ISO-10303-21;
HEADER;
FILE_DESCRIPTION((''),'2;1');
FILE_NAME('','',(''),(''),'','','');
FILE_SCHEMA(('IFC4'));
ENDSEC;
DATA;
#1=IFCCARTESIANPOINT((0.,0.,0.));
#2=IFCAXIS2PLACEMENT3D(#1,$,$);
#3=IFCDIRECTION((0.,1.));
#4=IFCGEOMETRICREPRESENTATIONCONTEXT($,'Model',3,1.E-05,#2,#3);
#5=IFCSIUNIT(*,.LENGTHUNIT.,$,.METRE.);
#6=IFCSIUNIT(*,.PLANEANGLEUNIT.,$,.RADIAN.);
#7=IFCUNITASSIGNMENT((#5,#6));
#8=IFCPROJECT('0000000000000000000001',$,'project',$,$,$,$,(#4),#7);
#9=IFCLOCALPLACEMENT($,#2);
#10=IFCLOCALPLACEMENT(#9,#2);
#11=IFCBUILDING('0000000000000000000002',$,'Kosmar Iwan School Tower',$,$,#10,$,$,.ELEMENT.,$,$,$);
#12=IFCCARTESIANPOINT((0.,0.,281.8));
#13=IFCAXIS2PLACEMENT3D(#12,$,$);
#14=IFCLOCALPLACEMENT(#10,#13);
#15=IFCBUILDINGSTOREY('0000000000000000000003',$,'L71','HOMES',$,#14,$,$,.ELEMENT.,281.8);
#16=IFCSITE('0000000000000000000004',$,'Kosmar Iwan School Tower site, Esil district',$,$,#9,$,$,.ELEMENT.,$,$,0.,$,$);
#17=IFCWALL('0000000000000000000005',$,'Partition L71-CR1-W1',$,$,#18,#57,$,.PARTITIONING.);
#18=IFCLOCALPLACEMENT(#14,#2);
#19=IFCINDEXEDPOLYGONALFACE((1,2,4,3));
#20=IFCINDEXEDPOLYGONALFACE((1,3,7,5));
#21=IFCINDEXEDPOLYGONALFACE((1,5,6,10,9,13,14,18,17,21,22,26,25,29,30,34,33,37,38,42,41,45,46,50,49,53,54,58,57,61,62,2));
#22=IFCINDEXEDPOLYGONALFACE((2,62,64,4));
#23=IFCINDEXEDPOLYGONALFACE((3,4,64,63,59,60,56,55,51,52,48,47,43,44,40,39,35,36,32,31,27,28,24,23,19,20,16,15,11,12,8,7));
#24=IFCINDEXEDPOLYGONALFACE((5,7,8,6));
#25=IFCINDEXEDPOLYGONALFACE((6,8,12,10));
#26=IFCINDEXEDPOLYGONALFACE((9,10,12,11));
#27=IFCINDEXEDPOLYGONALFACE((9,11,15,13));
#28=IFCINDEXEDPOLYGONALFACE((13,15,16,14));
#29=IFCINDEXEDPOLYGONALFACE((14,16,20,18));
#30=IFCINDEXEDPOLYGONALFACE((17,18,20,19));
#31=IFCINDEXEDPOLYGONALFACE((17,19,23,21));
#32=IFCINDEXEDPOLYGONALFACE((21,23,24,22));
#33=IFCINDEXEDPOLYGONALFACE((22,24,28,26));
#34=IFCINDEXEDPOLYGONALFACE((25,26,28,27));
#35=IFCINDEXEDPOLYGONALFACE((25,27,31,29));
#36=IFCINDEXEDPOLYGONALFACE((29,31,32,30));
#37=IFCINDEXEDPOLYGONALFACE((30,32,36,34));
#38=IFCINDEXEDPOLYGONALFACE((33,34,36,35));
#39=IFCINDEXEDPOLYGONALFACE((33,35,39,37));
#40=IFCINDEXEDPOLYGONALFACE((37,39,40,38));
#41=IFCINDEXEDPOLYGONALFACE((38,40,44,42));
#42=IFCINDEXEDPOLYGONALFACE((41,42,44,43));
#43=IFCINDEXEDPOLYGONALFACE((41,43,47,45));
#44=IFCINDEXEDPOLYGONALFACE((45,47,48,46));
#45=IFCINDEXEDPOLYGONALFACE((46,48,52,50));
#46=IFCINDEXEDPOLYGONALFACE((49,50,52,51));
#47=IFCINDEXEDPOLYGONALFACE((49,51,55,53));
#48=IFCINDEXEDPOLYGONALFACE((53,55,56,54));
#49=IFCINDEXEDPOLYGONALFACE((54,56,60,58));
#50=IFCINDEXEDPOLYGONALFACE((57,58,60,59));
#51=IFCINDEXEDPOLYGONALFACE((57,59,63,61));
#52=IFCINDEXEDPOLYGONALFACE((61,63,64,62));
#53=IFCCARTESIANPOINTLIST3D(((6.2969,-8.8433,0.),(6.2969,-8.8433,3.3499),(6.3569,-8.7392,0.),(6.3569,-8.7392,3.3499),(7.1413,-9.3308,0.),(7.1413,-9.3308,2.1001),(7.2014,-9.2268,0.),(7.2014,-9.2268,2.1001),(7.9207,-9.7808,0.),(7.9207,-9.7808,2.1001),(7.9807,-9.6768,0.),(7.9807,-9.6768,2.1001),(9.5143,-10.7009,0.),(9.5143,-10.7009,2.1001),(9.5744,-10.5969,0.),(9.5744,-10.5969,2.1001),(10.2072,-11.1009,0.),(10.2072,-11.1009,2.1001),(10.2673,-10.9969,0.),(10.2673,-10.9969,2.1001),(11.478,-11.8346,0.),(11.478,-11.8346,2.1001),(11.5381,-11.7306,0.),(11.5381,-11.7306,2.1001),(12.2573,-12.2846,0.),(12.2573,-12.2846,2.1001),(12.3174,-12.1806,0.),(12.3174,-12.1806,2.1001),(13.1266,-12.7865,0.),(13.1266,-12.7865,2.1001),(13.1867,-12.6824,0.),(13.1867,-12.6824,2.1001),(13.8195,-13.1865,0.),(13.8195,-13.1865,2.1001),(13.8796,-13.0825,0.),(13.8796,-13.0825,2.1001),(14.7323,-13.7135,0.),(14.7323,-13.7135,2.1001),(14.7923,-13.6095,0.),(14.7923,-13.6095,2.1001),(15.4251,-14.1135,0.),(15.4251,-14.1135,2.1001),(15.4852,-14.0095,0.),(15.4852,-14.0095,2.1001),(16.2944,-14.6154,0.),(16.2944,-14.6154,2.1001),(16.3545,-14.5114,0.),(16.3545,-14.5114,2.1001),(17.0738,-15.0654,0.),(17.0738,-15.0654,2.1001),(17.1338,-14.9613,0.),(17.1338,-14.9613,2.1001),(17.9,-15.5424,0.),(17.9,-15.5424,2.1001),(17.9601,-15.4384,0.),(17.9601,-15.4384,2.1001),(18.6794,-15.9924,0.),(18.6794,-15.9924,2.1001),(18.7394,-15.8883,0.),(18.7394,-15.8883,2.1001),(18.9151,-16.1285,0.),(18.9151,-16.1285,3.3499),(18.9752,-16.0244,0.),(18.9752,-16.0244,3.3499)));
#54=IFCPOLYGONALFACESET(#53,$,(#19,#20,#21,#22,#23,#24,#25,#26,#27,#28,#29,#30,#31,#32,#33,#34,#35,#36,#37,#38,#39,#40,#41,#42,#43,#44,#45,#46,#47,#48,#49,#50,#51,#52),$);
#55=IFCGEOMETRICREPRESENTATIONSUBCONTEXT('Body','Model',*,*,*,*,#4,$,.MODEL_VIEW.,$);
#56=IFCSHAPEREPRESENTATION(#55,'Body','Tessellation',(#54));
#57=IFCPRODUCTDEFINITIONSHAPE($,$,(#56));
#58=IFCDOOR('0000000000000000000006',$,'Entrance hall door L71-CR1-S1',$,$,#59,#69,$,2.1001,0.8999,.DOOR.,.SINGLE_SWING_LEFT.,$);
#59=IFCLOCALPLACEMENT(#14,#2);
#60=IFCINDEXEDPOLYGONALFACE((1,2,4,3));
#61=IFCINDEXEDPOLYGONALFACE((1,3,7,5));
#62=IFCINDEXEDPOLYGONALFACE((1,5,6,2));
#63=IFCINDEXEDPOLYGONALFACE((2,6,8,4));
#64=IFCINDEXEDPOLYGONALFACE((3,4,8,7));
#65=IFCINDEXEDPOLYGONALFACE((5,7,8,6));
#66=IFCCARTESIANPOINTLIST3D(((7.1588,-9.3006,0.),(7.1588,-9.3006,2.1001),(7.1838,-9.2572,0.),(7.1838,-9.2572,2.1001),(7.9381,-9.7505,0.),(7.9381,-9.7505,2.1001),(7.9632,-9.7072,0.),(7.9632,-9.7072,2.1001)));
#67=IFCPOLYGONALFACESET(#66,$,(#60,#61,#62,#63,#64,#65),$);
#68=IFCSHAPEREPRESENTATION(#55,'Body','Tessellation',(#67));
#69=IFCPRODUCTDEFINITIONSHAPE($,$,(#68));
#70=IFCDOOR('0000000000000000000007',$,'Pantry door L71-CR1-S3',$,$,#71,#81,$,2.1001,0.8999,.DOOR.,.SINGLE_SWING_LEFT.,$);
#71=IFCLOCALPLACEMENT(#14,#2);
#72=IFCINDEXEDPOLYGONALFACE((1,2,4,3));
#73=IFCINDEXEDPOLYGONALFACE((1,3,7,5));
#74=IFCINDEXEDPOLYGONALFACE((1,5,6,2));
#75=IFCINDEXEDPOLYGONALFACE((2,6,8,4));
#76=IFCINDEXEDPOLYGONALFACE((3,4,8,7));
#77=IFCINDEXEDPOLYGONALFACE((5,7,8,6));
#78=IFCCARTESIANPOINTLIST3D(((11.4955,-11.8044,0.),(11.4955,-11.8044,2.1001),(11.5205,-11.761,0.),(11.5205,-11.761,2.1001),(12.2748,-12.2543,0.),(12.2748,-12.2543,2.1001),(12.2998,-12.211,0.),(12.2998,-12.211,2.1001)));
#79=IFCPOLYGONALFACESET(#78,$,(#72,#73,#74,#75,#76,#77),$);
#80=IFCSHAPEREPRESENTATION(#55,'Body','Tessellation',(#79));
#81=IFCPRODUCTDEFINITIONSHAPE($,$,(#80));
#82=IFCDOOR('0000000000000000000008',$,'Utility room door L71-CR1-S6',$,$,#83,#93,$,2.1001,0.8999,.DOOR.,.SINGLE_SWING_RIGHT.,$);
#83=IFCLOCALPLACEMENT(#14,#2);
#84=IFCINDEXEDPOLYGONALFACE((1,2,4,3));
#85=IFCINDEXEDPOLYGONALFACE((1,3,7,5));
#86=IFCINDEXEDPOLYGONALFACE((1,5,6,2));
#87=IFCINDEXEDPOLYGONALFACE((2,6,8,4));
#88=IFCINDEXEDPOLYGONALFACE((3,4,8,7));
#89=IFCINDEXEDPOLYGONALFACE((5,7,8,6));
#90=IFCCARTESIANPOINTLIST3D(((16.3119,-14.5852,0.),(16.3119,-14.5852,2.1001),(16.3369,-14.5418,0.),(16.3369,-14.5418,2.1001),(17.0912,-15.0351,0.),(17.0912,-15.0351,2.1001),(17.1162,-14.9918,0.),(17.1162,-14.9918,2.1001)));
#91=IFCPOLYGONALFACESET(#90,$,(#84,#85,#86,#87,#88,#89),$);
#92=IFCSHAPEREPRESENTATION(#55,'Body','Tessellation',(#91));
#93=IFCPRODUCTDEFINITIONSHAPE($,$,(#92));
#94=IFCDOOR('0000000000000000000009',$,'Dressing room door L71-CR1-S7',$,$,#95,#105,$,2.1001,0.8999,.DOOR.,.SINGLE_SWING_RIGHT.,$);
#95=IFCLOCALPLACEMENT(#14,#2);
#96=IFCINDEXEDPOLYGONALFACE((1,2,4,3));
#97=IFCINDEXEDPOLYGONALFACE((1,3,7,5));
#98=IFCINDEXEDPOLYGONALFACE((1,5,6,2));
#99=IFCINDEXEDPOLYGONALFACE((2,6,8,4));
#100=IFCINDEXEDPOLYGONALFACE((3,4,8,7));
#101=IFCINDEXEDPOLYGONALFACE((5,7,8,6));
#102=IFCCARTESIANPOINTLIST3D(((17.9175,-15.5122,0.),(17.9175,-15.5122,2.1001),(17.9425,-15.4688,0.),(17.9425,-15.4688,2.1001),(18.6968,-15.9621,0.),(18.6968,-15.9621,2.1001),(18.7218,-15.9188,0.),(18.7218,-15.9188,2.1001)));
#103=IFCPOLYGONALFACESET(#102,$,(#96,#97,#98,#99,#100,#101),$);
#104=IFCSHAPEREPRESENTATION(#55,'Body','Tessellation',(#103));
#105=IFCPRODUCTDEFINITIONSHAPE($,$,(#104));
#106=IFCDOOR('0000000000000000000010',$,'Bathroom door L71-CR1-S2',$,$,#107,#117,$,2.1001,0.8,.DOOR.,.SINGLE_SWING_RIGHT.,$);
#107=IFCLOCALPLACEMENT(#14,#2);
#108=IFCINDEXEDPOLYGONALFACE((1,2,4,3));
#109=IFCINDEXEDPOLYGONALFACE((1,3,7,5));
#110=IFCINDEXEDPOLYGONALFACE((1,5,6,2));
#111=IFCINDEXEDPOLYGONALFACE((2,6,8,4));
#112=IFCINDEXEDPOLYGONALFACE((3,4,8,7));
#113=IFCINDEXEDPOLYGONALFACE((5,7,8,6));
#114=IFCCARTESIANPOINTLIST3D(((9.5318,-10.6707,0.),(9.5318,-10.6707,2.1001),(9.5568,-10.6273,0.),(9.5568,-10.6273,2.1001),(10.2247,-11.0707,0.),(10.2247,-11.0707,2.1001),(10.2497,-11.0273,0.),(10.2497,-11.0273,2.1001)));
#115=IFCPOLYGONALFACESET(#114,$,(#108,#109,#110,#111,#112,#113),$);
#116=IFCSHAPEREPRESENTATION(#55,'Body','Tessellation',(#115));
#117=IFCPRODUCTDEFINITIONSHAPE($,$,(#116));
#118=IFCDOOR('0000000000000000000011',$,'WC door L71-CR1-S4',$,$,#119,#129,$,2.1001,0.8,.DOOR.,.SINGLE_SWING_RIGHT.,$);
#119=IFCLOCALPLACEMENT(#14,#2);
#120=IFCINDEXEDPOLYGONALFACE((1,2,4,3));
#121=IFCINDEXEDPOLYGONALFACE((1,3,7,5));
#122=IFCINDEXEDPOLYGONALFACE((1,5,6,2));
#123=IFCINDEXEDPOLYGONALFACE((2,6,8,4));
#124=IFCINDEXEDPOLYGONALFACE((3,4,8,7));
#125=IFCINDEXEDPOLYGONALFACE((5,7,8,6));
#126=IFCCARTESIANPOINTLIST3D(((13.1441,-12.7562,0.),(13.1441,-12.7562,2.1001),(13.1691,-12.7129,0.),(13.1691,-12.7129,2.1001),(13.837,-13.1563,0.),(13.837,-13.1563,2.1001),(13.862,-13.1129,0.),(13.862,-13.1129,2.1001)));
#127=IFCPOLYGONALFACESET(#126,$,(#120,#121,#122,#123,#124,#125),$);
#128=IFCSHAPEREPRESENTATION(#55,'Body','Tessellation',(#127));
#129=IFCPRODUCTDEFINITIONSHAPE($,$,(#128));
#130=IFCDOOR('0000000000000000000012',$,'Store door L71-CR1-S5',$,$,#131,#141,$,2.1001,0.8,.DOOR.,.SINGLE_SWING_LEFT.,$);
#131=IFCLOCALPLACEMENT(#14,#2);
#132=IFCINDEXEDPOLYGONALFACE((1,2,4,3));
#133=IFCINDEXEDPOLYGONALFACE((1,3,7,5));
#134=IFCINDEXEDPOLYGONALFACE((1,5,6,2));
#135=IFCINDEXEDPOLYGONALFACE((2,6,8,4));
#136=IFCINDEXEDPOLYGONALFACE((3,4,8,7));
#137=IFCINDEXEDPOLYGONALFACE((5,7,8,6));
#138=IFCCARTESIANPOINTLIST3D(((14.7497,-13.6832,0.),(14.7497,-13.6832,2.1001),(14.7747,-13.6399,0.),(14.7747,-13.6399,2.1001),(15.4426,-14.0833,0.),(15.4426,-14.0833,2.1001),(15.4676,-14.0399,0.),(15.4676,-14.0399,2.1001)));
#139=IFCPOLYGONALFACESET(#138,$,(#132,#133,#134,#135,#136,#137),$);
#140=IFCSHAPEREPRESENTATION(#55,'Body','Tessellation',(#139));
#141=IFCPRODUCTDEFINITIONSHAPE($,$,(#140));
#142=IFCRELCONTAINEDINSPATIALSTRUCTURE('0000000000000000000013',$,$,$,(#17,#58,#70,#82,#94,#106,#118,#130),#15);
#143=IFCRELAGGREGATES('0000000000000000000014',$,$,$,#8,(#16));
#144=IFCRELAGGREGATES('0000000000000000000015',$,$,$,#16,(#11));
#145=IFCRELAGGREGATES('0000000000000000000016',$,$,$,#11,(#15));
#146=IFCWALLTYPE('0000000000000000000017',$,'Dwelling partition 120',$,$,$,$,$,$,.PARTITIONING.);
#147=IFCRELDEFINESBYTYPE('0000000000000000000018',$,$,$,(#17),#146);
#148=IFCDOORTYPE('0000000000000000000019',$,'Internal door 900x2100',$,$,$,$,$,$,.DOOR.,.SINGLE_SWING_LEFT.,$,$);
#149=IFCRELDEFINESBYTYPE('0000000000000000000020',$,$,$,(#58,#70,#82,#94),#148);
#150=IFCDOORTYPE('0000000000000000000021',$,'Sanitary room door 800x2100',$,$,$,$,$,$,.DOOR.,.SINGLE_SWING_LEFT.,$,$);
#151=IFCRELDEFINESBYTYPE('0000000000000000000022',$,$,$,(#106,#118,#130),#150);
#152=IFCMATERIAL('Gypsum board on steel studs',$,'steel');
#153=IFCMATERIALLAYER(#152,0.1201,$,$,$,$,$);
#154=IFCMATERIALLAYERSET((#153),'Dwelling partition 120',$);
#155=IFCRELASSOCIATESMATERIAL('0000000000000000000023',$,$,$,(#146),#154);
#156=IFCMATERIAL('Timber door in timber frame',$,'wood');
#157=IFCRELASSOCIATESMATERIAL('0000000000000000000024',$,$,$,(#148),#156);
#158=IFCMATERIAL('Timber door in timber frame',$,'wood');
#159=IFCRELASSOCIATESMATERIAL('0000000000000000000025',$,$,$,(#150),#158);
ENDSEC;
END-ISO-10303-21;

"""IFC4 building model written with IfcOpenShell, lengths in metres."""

from ifc_helpers import new_model, si_unit, direction, frame, frame_2d, origin, place, context, subcontext, project, spatial, rectangle, extrude, material, layer, layer_set, type_object, element, fill, save


model = new_model("IFC4")

# Units and contexts
model_context = context("Model", 3, precision=1e-05, world=origin(), true_north=direction((0.0, 1.0)))
body_context = subcontext(model_context, "Body", "Model", "MODEL_VIEW")
ifc_project = project(units=[si_unit("LENGTHUNIT", "METRE"), si_unit("PLANEANGLEUNIT", "RADIAN")], contexts=[model_context])

# Site, building, storey
site_placement = place(None, origin())
site = spatial("IfcSite", under=ifc_project, at=site_placement, Name="Kosmar Iwan School Tower site, Esil district", CompositionType="ELEMENT", RefElevation=0.0)
building_placement = place(site_placement, origin())
building = spatial("IfcBuilding", under=site, at=building_placement, Name="Kosmar Iwan School Tower", CompositionType="ELEMENT")
storey_placement = place(building_placement, frame((0.0, 0.0, 281.8)))
storey = spatial("IfcBuildingStorey", under=building, at=storey_placement, Name="L71", Description="HOMES", CompositionType="ELEMENT", Elevation=281.8)

# Shared definitions
ifc_material_1 = material(Name="Gypsum board on steel studs", Category="steel")
ifc_layer_1 = layer(ifc_material_1, 0.1201)
ifc_layer_set_1 = layer_set([ifc_layer_1], Name="Dwelling partition 120")
wall_type_1 = type_object("IfcWallType", Name="Dwelling partition 120", PredefinedType="PARTITIONING", material=ifc_layer_set_1)

# Wall, openings, doors
wall_1_placement = place(storey_placement, frame((6.3269, -8.7913, 0.0), z_axis=(0.0, 0.0, 1.0), x_axis=(0.866024, -0.500003, 0.0)))
wall_1 = element("IfcWall", 1, at=wall_1_placement, inside=storey, type_object=wall_type_1, Name="Partition L71-CR1-W1", PredefinedType="PARTITIONING", context=body_context, shape_type="SweptSolid", body=[
    extrude(rectangle(XDim=14.5703, YDim=0.1201, at=frame_2d((7.2852, 0.0))), origin(), (0.0, 0.0, 1.0), 3.3499),
])
opening_1_placement = place(wall_1_placement, frame((0.9751, 0.0, 0.0)))
opening_1 = element("IfcOpeningElement", 2, at=opening_1_placement, cuts=wall_1, PredefinedType="OPENING", context=body_context, shape_type="SweptSolid", body=[
    extrude(rectangle(XDim=0.8999, YDim=2.1001, at=frame_2d((0.45, 1.05))), frame((0.0, 0.072, 0.0), z_axis=(0.0, -1.0, 0.0), x_axis=(1.0, 0.0, 0.0)), (0.0, 0.0, 1.0), 0.144),
])
opening_2_placement = place(wall_1_placement, frame((3.7153, 0.0, 0.0)))
opening_2 = element("IfcOpeningElement", 3, at=opening_2_placement, cuts=wall_1, PredefinedType="OPENING", context=body_context, shape_type="SweptSolid", body=[
    extrude(rectangle(XDim=0.8, YDim=2.1001, at=frame_2d((0.3999, 1.05))), frame((0.0, 0.072, 0.0), z_axis=(0.0, -1.0, 0.0), x_axis=(1.0, 0.0, 0.0)), (0.0, 0.0, 1.0), 0.144),
])
opening_3_placement = place(wall_1_placement, frame((5.9827, 0.0, 0.0)))
opening_3 = element("IfcOpeningElement", 4, at=opening_3_placement, cuts=wall_1, PredefinedType="OPENING", context=body_context, shape_type="SweptSolid", body=[
    extrude(rectangle(XDim=0.8999, YDim=2.1001, at=frame_2d((0.45, 1.05))), frame((0.0, 0.072, 0.0), z_axis=(0.0, -1.0, 0.0), x_axis=(1.0, 0.0, 0.0)), (0.0, 0.0, 1.0), 0.144),
])
opening_4_placement = place(wall_1_placement, frame((7.8865, 0.0, 0.0)))
opening_4 = element("IfcOpeningElement", 5, at=opening_4_placement, cuts=wall_1, PredefinedType="OPENING", context=body_context, shape_type="SweptSolid", body=[
    extrude(rectangle(XDim=0.8, YDim=2.1001, at=frame_2d((0.3999, 1.05))), frame((0.0, 0.072, 0.0), z_axis=(0.0, -1.0, 0.0), x_axis=(1.0, 0.0, 0.0)), (0.0, 0.0, 1.0), 0.144),
])
opening_5_placement = place(wall_1_placement, frame((9.7405, 0.0, 0.0)))
opening_5 = element("IfcOpeningElement", 6, at=opening_5_placement, cuts=wall_1, PredefinedType="OPENING", context=body_context, shape_type="SweptSolid", body=[
    extrude(rectangle(XDim=0.8, YDim=2.1001, at=frame_2d((0.3999, 1.05))), frame((0.0, 0.072, 0.0), z_axis=(0.0, -1.0, 0.0), x_axis=(1.0, 0.0, 0.0)), (0.0, 0.0, 1.0), 0.144),
])
opening_6_placement = place(wall_1_placement, frame((11.5442, 0.0, 0.0)))
opening_6 = element("IfcOpeningElement", 7, at=opening_6_placement, cuts=wall_1, PredefinedType="OPENING", context=body_context, shape_type="SweptSolid", body=[
    extrude(rectangle(XDim=0.8999, YDim=2.1001, at=frame_2d((0.45, 1.05))), frame((0.0, 0.072, 0.0), z_axis=(0.0, -1.0, 0.0), x_axis=(1.0, 0.0, 0.0)), (0.0, 0.0, 1.0), 0.144),
])
opening_7_placement = place(wall_1_placement, frame((13.3982, 0.0, 0.0)))
opening_7 = element("IfcOpeningElement", 8, at=opening_7_placement, cuts=wall_1, PredefinedType="OPENING", context=body_context, shape_type="SweptSolid", body=[
    extrude(rectangle(XDim=0.8999, YDim=2.1001, at=frame_2d((0.45, 1.05))), frame((0.0, 0.072, 0.0), z_axis=(0.0, -1.0, 0.0), x_axis=(1.0, 0.0, 0.0)), (0.0, 0.0, 1.0), 0.144),
])
ifc_material_2 = material(Name="Timber door in timber frame", Category="wood")
door_type_1 = type_object("IfcDoorType", Name="Internal door 900x2100", OperationType="SINGLE_SWING_LEFT", PredefinedType="DOOR", material=ifc_material_2)
door_1_placement = place(opening_1_placement, origin())
door_1 = element("IfcDoor", 9, at=door_1_placement, inside=storey, type_object=door_type_1, Name="Entrance hall door L71-CR1-S1", OperationType="SINGLE_SWING_LEFT", OverallHeight=2.1001, OverallWidth=0.8999, PredefinedType="DOOR", context=body_context, shape_type="SweptSolid", body=[
    extrude(rectangle(XDim=0.8999, YDim=2.1001, at=frame_2d((0.45, 1.05))), frame((0.0, 0.0249, 0.0), z_axis=(0.0, -1.0, 0.0), x_axis=(1.0, 0.0, 0.0)), (0.0, 0.0, 1.0), 0.05),
])
fill(opening_1, door_1)
door_2_placement = place(opening_3_placement, origin())
door_2 = element("IfcDoor", 10, at=door_2_placement, inside=storey, type_object=door_type_1, Name="Pantry door L71-CR1-S3", OperationType="SINGLE_SWING_LEFT", OverallHeight=2.1001, OverallWidth=0.8999, PredefinedType="DOOR", context=body_context, shape_type="SweptSolid", body=[
    extrude(rectangle(XDim=0.8999, YDim=2.1001, at=frame_2d((0.45, 1.05))), frame((0.0, 0.0249, 0.0), z_axis=(0.0, -1.0, 0.0), x_axis=(1.0, 0.0, 0.0)), (0.0, 0.0, 1.0), 0.05),
])
fill(opening_3, door_2)
door_3_placement = place(opening_6_placement, origin())
door_3 = element("IfcDoor", 11, at=door_3_placement, inside=storey, type_object=door_type_1, Name="Utility room door L71-CR1-S6", OperationType="SINGLE_SWING_RIGHT", OverallHeight=2.1001, OverallWidth=0.8999, PredefinedType="DOOR", context=body_context, shape_type="SweptSolid", body=[
    extrude(rectangle(XDim=0.8999, YDim=2.1001, at=frame_2d((0.45, 1.05))), frame((0.0, 0.0249, 0.0), z_axis=(0.0, -1.0, 0.0), x_axis=(1.0, 0.0, 0.0)), (0.0, 0.0, 1.0), 0.05),
])
fill(opening_6, door_3)
door_4_placement = place(opening_7_placement, origin())
door_4 = element("IfcDoor", 12, at=door_4_placement, inside=storey, type_object=door_type_1, Name="Dressing room door L71-CR1-S7", OperationType="SINGLE_SWING_RIGHT", OverallHeight=2.1001, OverallWidth=0.8999, PredefinedType="DOOR", context=body_context, shape_type="SweptSolid", body=[
    extrude(rectangle(XDim=0.8999, YDim=2.1001, at=frame_2d((0.45, 1.05))), frame((0.0, 0.0249, 0.0), z_axis=(0.0, -1.0, 0.0), x_axis=(1.0, 0.0, 0.0)), (0.0, 0.0, 1.0), 0.05),
])
fill(opening_7, door_4)
ifc_material_3 = material(Name="Timber door in timber frame", Category="wood")
door_type_2 = type_object("IfcDoorType", Name="Sanitary room door 800x2100", OperationType="SINGLE_SWING_LEFT", PredefinedType="DOOR", material=ifc_material_3)
door_5_placement = place(opening_2_placement, origin())
door_5 = element("IfcDoor", 13, at=door_5_placement, inside=storey, type_object=door_type_2, Name="Bathroom door L71-CR1-S2", OperationType="SINGLE_SWING_RIGHT", OverallHeight=2.1001, OverallWidth=0.8, PredefinedType="DOOR", context=body_context, shape_type="SweptSolid", body=[
    extrude(rectangle(XDim=0.8, YDim=2.1001, at=frame_2d((0.3999, 1.05))), frame((0.0, 0.0249, 0.0), z_axis=(0.0, -1.0, 0.0), x_axis=(1.0, 0.0, 0.0)), (0.0, 0.0, 1.0), 0.05),
])
fill(opening_2, door_5)
door_6_placement = place(opening_4_placement, origin())
door_6 = element("IfcDoor", 14, at=door_6_placement, inside=storey, type_object=door_type_2, Name="WC door L71-CR1-S4", OperationType="SINGLE_SWING_RIGHT", OverallHeight=2.1001, OverallWidth=0.8, PredefinedType="DOOR", context=body_context, shape_type="SweptSolid", body=[
    extrude(rectangle(XDim=0.8, YDim=2.1001, at=frame_2d((0.3999, 1.05))), frame((0.0, 0.0249, 0.0), z_axis=(0.0, -1.0, 0.0), x_axis=(1.0, 0.0, 0.0)), (0.0, 0.0, 1.0), 0.05),
])
fill(opening_4, door_6)
door_7_placement = place(opening_5_placement, origin())
door_7 = element("IfcDoor", 15, at=door_7_placement, inside=storey, type_object=door_type_2, Name="Store door L71-CR1-S5", OperationType="SINGLE_SWING_LEFT", OverallHeight=2.1001, OverallWidth=0.8, PredefinedType="DOOR", context=body_context, shape_type="SweptSolid", body=[
    extrude(rectangle(XDim=0.8, YDim=2.1001, at=frame_2d((0.3999, 1.05))), frame((0.0, 0.0249, 0.0), z_axis=(0.0, -1.0, 0.0), x_axis=(1.0, 0.0, 0.0)), (0.0, 0.0, 1.0), 0.05),
])
fill(opening_5, door_7)

save(model, "model.ifc")
